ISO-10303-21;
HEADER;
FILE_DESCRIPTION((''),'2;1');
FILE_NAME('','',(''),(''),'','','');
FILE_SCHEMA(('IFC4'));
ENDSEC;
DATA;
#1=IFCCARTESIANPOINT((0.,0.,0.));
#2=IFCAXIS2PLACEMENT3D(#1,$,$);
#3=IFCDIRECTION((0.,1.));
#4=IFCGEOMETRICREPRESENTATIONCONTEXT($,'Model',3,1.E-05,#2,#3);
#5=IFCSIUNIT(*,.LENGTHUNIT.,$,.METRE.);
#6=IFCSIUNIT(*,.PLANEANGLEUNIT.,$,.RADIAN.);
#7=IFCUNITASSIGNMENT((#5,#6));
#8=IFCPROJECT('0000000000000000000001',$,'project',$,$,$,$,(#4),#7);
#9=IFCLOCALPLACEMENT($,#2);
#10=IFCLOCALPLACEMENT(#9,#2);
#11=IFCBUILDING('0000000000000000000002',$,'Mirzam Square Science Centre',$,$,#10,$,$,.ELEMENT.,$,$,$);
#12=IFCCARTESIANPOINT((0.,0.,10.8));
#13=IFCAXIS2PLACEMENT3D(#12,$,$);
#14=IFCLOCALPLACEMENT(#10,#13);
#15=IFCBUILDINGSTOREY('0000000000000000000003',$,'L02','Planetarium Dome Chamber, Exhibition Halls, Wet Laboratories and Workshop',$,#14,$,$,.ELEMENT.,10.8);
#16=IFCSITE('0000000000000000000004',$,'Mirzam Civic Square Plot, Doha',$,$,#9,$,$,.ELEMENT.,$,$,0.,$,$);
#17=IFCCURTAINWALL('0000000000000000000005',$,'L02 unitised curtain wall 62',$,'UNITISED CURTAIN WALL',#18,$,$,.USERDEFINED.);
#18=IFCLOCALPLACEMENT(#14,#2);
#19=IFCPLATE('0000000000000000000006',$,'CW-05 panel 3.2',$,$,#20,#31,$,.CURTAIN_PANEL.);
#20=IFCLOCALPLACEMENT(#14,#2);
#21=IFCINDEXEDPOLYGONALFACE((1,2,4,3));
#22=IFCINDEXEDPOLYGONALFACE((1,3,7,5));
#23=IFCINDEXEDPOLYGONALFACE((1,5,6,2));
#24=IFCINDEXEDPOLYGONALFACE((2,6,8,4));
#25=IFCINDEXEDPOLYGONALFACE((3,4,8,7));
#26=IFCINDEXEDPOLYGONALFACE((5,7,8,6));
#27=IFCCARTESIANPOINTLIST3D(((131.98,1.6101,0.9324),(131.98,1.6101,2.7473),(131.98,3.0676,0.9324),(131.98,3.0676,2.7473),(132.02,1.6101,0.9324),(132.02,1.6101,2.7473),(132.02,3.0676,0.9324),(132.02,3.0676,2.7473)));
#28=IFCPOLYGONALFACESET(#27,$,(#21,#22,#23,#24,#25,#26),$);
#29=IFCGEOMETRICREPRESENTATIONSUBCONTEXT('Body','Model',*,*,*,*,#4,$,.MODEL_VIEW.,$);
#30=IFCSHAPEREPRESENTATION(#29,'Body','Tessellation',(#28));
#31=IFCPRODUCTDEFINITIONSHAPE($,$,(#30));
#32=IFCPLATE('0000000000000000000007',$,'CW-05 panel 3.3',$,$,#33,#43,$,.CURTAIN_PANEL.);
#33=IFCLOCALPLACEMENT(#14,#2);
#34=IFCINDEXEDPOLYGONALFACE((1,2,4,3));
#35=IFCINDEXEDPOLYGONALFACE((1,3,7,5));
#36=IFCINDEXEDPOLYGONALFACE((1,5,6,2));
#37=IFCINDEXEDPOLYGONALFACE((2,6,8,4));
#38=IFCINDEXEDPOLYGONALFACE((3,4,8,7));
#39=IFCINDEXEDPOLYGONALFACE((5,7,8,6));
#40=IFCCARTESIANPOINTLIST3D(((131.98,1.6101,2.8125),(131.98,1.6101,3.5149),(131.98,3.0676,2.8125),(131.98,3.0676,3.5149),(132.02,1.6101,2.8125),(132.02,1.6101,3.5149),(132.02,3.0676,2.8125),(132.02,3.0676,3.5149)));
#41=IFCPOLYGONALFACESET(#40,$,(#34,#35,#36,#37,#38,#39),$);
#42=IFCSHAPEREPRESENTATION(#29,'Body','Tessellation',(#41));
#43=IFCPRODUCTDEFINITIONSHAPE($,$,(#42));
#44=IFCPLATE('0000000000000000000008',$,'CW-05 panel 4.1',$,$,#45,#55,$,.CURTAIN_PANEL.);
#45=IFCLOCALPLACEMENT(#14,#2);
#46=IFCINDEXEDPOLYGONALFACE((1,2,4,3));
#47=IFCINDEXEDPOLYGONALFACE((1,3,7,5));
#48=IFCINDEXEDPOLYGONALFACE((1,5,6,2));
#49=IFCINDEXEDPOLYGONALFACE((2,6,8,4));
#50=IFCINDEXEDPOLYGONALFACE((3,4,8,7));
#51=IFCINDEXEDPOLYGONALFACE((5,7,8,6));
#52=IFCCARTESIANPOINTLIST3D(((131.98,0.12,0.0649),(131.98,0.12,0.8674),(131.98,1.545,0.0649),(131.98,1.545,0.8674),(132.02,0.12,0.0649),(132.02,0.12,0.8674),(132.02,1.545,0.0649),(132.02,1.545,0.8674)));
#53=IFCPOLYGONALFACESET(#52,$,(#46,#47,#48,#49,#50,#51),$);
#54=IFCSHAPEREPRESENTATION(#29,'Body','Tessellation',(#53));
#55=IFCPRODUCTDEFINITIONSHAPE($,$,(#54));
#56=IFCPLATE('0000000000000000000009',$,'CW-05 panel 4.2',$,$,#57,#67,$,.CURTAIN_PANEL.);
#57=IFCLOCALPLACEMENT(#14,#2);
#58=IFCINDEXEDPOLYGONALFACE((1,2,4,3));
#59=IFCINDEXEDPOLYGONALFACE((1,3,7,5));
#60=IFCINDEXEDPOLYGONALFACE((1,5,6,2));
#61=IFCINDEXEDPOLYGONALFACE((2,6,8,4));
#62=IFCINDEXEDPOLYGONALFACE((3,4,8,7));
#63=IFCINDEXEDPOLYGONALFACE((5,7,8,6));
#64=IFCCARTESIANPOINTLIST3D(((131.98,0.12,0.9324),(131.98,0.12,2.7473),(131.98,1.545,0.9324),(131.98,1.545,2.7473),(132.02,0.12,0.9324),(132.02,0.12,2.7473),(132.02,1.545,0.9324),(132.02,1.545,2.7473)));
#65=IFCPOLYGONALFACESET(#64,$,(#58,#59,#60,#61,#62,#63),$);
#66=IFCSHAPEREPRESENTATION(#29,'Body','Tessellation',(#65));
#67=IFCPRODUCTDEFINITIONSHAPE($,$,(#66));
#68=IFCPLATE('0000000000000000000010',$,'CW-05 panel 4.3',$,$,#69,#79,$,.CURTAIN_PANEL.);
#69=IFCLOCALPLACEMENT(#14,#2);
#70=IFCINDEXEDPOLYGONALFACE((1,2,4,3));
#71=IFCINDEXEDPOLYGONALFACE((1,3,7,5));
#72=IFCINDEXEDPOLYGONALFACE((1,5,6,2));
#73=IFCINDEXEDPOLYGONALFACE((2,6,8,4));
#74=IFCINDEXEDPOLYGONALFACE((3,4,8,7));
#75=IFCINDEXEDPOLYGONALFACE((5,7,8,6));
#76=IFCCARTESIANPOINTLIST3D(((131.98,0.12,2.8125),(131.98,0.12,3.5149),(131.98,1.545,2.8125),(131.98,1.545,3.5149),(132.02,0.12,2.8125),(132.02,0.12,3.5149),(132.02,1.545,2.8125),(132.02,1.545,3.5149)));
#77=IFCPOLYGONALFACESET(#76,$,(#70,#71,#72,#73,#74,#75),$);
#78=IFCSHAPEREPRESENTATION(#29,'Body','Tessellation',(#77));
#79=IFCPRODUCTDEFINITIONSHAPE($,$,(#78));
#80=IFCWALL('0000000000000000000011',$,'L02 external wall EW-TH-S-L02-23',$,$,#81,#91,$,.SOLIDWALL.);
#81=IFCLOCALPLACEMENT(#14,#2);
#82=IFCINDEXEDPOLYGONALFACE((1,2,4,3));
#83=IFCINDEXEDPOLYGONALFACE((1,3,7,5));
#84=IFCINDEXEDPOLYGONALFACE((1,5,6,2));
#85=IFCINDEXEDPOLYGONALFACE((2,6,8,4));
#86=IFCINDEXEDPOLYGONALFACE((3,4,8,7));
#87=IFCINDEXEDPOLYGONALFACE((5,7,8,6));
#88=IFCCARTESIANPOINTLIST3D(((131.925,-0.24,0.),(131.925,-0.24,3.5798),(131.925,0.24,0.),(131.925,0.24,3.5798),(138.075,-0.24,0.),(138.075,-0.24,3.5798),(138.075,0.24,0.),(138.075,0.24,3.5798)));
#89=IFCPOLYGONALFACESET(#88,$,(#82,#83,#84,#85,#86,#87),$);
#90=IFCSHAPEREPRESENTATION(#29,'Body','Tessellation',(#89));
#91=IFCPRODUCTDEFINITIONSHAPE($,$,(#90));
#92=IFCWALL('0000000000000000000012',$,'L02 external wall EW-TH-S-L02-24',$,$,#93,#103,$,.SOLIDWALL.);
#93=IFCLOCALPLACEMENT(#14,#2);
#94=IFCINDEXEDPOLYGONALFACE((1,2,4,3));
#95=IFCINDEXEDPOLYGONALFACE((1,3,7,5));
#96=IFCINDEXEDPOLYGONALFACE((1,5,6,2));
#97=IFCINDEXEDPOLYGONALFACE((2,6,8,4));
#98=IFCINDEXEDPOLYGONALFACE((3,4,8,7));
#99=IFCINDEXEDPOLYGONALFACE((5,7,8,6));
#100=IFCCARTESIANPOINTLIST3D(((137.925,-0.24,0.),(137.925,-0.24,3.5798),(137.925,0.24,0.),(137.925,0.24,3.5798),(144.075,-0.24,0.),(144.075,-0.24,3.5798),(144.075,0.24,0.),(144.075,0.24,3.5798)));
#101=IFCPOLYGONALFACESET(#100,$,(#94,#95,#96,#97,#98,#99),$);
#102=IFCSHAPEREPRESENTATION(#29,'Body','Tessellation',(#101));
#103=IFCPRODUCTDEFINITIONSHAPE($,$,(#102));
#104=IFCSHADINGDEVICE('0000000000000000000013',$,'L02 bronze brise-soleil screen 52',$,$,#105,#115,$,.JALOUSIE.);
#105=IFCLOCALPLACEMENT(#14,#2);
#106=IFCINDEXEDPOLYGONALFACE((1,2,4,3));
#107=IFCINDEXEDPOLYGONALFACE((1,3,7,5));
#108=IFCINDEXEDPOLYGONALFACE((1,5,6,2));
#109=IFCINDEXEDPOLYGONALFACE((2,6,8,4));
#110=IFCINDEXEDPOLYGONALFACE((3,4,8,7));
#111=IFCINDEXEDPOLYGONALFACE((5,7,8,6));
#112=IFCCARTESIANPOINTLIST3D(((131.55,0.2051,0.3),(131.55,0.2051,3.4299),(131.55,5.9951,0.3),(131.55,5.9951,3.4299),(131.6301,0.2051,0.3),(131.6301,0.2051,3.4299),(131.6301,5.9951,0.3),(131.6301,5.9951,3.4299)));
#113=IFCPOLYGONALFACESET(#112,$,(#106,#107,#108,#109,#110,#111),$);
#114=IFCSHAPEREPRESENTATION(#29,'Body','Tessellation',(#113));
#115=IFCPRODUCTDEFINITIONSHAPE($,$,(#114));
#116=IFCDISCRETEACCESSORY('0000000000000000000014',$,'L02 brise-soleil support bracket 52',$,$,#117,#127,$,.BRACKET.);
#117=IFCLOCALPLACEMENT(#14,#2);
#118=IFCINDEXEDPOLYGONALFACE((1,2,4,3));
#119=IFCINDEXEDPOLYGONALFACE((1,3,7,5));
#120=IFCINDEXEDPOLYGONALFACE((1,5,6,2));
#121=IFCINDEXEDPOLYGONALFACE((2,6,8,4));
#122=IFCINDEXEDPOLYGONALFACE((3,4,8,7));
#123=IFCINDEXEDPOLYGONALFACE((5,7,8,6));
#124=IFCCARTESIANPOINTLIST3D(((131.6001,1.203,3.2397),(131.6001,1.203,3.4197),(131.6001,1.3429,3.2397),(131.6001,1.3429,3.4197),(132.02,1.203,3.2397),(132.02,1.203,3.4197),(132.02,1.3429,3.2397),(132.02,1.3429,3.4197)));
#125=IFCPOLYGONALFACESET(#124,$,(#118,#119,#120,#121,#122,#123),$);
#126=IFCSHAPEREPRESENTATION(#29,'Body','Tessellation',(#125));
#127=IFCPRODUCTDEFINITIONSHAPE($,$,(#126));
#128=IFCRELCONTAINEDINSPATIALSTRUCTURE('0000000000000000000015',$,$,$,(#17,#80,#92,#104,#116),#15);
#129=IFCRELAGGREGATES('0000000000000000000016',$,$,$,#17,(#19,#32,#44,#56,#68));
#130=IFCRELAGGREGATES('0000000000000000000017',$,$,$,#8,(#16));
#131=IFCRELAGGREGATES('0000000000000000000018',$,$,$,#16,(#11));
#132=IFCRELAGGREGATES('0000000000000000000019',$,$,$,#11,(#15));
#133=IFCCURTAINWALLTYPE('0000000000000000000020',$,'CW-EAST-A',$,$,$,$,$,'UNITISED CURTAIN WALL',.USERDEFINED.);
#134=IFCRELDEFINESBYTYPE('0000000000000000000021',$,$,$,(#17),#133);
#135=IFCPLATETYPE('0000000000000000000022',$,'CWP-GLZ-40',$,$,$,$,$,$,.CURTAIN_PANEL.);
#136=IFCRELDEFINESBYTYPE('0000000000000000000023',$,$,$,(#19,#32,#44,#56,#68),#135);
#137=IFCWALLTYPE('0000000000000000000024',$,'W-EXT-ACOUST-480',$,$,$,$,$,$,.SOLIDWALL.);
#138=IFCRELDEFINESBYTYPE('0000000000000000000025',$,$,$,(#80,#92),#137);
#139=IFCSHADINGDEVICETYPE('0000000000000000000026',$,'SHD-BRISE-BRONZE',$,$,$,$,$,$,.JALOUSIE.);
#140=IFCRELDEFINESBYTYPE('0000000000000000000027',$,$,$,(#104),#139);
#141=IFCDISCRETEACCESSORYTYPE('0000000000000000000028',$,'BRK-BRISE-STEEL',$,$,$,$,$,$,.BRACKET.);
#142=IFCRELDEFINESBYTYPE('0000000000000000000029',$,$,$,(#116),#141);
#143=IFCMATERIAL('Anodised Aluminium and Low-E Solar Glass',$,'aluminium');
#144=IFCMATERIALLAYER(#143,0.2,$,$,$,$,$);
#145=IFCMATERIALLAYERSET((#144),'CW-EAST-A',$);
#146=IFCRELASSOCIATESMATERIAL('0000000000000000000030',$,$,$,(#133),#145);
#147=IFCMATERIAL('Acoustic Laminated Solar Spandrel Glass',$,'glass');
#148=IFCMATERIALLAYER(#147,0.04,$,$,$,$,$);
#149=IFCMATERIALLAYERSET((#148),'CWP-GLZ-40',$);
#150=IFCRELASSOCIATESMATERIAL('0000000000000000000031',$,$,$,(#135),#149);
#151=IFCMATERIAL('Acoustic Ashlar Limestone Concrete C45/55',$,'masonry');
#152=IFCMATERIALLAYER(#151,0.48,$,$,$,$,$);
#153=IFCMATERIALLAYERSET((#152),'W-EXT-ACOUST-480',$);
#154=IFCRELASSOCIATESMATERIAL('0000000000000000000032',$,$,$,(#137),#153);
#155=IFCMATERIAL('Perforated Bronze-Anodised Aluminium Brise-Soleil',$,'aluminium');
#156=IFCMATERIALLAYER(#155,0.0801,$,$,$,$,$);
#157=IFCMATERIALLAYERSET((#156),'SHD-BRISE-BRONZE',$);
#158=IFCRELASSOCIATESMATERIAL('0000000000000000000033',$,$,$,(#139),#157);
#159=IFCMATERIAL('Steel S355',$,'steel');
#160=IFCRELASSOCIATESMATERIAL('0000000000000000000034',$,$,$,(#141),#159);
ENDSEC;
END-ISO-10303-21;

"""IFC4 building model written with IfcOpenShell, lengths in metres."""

from ifc_helpers import new_model, si_unit, direction, frame, frame_2d, origin, origin_2d, place, context, subcontext, project, spatial, rectangle, extrude, material, layer, layer_set, type_object, element, aggregate, save


model = new_model("IFC4")

# Units and contexts
model_context = context("Model", 3, precision=1e-05, world=origin(), true_north=direction((0.0, 1.0)))
body_context = subcontext(model_context, "Body", "Model", "MODEL_VIEW")
ifc_project = project(units=[si_unit("LENGTHUNIT", "METRE"), si_unit("PLANEANGLEUNIT", "RADIAN")], contexts=[model_context])

# Site, building, storey
site_placement = place(None, origin())
site = spatial("IfcSite", under=ifc_project, at=site_placement, Name="Mirzam Civic Square Plot, Doha", CompositionType="ELEMENT", RefElevation=0.0)
building_placement = place(site_placement, origin())
building = spatial("IfcBuilding", under=site, at=building_placement, Name="Mirzam Square Science Centre", CompositionType="ELEMENT")
storey_placement = place(building_placement, frame((0.0, 0.0, 10.8)))
storey = spatial("IfcBuildingStorey", under=building, at=storey_placement, Name="L02", Description="Planetarium Dome Chamber, Exhibition Halls, Wet Laboratories and Workshop", CompositionType="ELEMENT", Elevation=10.8)

# Shared definitions
ifc_material_1 = material(Name="Steel S355", Category="steel")

# Curtain wall
ifc_material_2 = material(Name="Anodised Aluminium and Low-E Solar Glass", Category="aluminium")
ifc_layer_1 = layer(ifc_material_2, 0.2)
ifc_layer_set_1 = layer_set([ifc_layer_1], Name="CW-EAST-A")
curtain_wall_type = type_object("IfcCurtainWallType", Name="CW-EAST-A", ElementType="UNITISED CURTAIN WALL", PredefinedType="USERDEFINED", material=ifc_layer_set_1)
curtain_wall_placement = place(storey_placement, origin())
curtain_wall = element("IfcCurtainWall", 1, at=curtain_wall_placement, inside=storey, type_object=curtain_wall_type, Name="L02 unitised curtain wall 62", ObjectType="UNITISED CURTAIN WALL", PredefinedType="USERDEFINED")

# Plates
ifc_material_3 = material(Name="Acoustic Laminated Solar Spandrel Glass", Category="glass")
ifc_layer_2 = layer(ifc_material_3, 0.04)
ifc_layer_set_2 = layer_set([ifc_layer_2], Name="CWP-GLZ-40")
plate_type = type_object("IfcPlateType", Name="CWP-GLZ-40", PredefinedType="CURTAIN_PANEL", material=ifc_layer_set_2)
plate_1_placement = place(storey_placement, frame((132.0, 2.3389, 0.9324), z_axis=(0.0, 0.0, 1.0), x_axis=(0.0, -1.0, 0.0)))
plate_1 = element("IfcPlate", 2, at=plate_1_placement, type_object=plate_type, Name="CW-05 panel 3.2", PredefinedType="CURTAIN_PANEL", context=body_context, shape_type="SweptSolid", body=[
    extrude(rectangle(XDim=1.4575, YDim=0.04, at=origin_2d()), origin(), (0.0, 0.0, 1.0), 1.8149),
])
plate_2_placement = place(storey_placement, frame((132.0, 2.3389, 2.8125), z_axis=(0.0, 0.0, 1.0), x_axis=(0.0, -1.0, 0.0)))
plate_2 = element("IfcPlate", 3, at=plate_2_placement, type_object=plate_type, Name="CW-05 panel 3.3", PredefinedType="CURTAIN_PANEL", context=body_context, shape_type="SweptSolid", body=[
    extrude(rectangle(XDim=1.4575, YDim=0.04, at=origin_2d()), origin(), (0.0, 0.0, 1.0), 0.7024),
])
plate_3_placement = place(storey_placement, frame((132.0, 0.8325, 0.0649), z_axis=(0.0, 0.0, 1.0), x_axis=(0.0, -1.0, 0.0)))
plate_3 = element("IfcPlate", 4, at=plate_3_placement, type_object=plate_type, Name="CW-05 panel 4.1", PredefinedType="CURTAIN_PANEL", context=body_context, shape_type="SweptSolid", body=[
    extrude(rectangle(XDim=1.425, YDim=0.04, at=origin_2d()), origin(), (0.0, 0.0, 1.0), 0.8025),
])
plate_4_placement = place(storey_placement, frame((132.0, 0.8325, 0.9324), z_axis=(0.0, 0.0, 1.0), x_axis=(0.0, -1.0, 0.0)))
plate_4 = element("IfcPlate", 5, at=plate_4_placement, type_object=plate_type, Name="CW-05 panel 4.2", PredefinedType="CURTAIN_PANEL", context=body_context, shape_type="SweptSolid", body=[
    extrude(rectangle(XDim=1.425, YDim=0.04, at=origin_2d()), origin(), (0.0, 0.0, 1.0), 1.8149),
])
plate_5_placement = place(storey_placement, frame((132.0, 0.8325, 2.8125), z_axis=(0.0, 0.0, 1.0), x_axis=(0.0, -1.0, 0.0)))
plate_5 = element("IfcPlate", 6, at=plate_5_placement, type_object=plate_type, Name="CW-05 panel 4.3", PredefinedType="CURTAIN_PANEL", context=body_context, shape_type="SweptSolid", body=[
    extrude(rectangle(XDim=1.425, YDim=0.04, at=origin_2d()), origin(), (0.0, 0.0, 1.0), 0.7024),
])
aggregate(curtain_wall, [plate_1, plate_2, plate_3, plate_4, plate_5])

# Walls
ifc_material_4 = material(Name="Acoustic Ashlar Limestone Concrete C45/55", Category="masonry")
ifc_layer_3 = layer(ifc_material_4, 0.48)
ifc_layer_set_3 = layer_set([ifc_layer_3], Name="W-EXT-ACOUST-480")
wall_type = type_object("IfcWallType", Name="W-EXT-ACOUST-480", PredefinedType="SOLIDWALL", material=ifc_layer_set_3)
for number, where, z_axis, x_axis, name in (
    (7, (131.925, 0.0, 0.0), (0.0, 0.0, 1.0), (1.0, 0.0, 0.0), "L02 external wall EW-TH-S-L02-23"),
    (8, (137.925, 0.0, 0.0), (0.0, 0.0, 1.0), (1.0, 0.0, 0.0), "L02 external wall EW-TH-S-L02-24"),
):
    element("IfcWall", number, at=place(storey_placement, frame(where, z_axis=z_axis, x_axis=x_axis)), inside=storey, type_object=wall_type, Name=name, PredefinedType="SOLIDWALL", context=body_context, shape_type="SweptSolid", body=[
        extrude(rectangle(XDim=6.1499, YDim=0.48, at=frame_2d((3.075, 0.0))), origin(), (0.0, 0.0, 1.0), 3.5798),
    ])

# Shading device
ifc_material_5 = material(Name="Perforated Bronze-Anodised Aluminium Brise-Soleil", Category="aluminium")
ifc_layer_4 = layer(ifc_material_5, 0.0801)
ifc_layer_set_4 = layer_set([ifc_layer_4], Name="SHD-BRISE-BRONZE")
shading_device_type = type_object("IfcShadingDeviceType", Name="SHD-BRISE-BRONZE", PredefinedType="JALOUSIE", material=ifc_layer_set_4)
shading_device_placement = place(storey_placement, frame((131.5901, 3.1001, 0.3), z_axis=(0.0, 0.0, 1.0), x_axis=(0.0, -1.0, 0.0)))
element("IfcShadingDevice", 9, at=shading_device_placement, inside=storey, type_object=shading_device_type, Name="L02 bronze brise-soleil screen 52", PredefinedType="JALOUSIE", context=body_context, shape_type="SweptSolid", body=[
    extrude(rectangle(XDim=5.79, YDim=0.0801, at=origin_2d()), origin(), (0.0, 0.0, 1.0), 3.1299),
])

# Discrete accessory
discrete_accessory_type = type_object("IfcDiscreteAccessoryType", Name="BRK-BRISE-STEEL", PredefinedType="BRACKET", material=ifc_material_1)
discrete_accessory_placement = place(storey_placement, frame((131.8101, 1.2729, 3.2397), z_axis=(0.0, 0.0, 1.0), x_axis=(0.0, -1.0, 0.0)))
element("IfcDiscreteAccessory", 10, at=discrete_accessory_placement, inside=storey, type_object=discrete_accessory_type, Name="L02 brise-soleil support bracket 52", PredefinedType="BRACKET", context=body_context, shape_type="SweptSolid", body=[
    extrude(rectangle(XDim=0.1399, YDim=0.4199, at=origin_2d()), origin(), (0.0, 0.0, 1.0), 0.1799),
])

save(model, "model.ifc")
